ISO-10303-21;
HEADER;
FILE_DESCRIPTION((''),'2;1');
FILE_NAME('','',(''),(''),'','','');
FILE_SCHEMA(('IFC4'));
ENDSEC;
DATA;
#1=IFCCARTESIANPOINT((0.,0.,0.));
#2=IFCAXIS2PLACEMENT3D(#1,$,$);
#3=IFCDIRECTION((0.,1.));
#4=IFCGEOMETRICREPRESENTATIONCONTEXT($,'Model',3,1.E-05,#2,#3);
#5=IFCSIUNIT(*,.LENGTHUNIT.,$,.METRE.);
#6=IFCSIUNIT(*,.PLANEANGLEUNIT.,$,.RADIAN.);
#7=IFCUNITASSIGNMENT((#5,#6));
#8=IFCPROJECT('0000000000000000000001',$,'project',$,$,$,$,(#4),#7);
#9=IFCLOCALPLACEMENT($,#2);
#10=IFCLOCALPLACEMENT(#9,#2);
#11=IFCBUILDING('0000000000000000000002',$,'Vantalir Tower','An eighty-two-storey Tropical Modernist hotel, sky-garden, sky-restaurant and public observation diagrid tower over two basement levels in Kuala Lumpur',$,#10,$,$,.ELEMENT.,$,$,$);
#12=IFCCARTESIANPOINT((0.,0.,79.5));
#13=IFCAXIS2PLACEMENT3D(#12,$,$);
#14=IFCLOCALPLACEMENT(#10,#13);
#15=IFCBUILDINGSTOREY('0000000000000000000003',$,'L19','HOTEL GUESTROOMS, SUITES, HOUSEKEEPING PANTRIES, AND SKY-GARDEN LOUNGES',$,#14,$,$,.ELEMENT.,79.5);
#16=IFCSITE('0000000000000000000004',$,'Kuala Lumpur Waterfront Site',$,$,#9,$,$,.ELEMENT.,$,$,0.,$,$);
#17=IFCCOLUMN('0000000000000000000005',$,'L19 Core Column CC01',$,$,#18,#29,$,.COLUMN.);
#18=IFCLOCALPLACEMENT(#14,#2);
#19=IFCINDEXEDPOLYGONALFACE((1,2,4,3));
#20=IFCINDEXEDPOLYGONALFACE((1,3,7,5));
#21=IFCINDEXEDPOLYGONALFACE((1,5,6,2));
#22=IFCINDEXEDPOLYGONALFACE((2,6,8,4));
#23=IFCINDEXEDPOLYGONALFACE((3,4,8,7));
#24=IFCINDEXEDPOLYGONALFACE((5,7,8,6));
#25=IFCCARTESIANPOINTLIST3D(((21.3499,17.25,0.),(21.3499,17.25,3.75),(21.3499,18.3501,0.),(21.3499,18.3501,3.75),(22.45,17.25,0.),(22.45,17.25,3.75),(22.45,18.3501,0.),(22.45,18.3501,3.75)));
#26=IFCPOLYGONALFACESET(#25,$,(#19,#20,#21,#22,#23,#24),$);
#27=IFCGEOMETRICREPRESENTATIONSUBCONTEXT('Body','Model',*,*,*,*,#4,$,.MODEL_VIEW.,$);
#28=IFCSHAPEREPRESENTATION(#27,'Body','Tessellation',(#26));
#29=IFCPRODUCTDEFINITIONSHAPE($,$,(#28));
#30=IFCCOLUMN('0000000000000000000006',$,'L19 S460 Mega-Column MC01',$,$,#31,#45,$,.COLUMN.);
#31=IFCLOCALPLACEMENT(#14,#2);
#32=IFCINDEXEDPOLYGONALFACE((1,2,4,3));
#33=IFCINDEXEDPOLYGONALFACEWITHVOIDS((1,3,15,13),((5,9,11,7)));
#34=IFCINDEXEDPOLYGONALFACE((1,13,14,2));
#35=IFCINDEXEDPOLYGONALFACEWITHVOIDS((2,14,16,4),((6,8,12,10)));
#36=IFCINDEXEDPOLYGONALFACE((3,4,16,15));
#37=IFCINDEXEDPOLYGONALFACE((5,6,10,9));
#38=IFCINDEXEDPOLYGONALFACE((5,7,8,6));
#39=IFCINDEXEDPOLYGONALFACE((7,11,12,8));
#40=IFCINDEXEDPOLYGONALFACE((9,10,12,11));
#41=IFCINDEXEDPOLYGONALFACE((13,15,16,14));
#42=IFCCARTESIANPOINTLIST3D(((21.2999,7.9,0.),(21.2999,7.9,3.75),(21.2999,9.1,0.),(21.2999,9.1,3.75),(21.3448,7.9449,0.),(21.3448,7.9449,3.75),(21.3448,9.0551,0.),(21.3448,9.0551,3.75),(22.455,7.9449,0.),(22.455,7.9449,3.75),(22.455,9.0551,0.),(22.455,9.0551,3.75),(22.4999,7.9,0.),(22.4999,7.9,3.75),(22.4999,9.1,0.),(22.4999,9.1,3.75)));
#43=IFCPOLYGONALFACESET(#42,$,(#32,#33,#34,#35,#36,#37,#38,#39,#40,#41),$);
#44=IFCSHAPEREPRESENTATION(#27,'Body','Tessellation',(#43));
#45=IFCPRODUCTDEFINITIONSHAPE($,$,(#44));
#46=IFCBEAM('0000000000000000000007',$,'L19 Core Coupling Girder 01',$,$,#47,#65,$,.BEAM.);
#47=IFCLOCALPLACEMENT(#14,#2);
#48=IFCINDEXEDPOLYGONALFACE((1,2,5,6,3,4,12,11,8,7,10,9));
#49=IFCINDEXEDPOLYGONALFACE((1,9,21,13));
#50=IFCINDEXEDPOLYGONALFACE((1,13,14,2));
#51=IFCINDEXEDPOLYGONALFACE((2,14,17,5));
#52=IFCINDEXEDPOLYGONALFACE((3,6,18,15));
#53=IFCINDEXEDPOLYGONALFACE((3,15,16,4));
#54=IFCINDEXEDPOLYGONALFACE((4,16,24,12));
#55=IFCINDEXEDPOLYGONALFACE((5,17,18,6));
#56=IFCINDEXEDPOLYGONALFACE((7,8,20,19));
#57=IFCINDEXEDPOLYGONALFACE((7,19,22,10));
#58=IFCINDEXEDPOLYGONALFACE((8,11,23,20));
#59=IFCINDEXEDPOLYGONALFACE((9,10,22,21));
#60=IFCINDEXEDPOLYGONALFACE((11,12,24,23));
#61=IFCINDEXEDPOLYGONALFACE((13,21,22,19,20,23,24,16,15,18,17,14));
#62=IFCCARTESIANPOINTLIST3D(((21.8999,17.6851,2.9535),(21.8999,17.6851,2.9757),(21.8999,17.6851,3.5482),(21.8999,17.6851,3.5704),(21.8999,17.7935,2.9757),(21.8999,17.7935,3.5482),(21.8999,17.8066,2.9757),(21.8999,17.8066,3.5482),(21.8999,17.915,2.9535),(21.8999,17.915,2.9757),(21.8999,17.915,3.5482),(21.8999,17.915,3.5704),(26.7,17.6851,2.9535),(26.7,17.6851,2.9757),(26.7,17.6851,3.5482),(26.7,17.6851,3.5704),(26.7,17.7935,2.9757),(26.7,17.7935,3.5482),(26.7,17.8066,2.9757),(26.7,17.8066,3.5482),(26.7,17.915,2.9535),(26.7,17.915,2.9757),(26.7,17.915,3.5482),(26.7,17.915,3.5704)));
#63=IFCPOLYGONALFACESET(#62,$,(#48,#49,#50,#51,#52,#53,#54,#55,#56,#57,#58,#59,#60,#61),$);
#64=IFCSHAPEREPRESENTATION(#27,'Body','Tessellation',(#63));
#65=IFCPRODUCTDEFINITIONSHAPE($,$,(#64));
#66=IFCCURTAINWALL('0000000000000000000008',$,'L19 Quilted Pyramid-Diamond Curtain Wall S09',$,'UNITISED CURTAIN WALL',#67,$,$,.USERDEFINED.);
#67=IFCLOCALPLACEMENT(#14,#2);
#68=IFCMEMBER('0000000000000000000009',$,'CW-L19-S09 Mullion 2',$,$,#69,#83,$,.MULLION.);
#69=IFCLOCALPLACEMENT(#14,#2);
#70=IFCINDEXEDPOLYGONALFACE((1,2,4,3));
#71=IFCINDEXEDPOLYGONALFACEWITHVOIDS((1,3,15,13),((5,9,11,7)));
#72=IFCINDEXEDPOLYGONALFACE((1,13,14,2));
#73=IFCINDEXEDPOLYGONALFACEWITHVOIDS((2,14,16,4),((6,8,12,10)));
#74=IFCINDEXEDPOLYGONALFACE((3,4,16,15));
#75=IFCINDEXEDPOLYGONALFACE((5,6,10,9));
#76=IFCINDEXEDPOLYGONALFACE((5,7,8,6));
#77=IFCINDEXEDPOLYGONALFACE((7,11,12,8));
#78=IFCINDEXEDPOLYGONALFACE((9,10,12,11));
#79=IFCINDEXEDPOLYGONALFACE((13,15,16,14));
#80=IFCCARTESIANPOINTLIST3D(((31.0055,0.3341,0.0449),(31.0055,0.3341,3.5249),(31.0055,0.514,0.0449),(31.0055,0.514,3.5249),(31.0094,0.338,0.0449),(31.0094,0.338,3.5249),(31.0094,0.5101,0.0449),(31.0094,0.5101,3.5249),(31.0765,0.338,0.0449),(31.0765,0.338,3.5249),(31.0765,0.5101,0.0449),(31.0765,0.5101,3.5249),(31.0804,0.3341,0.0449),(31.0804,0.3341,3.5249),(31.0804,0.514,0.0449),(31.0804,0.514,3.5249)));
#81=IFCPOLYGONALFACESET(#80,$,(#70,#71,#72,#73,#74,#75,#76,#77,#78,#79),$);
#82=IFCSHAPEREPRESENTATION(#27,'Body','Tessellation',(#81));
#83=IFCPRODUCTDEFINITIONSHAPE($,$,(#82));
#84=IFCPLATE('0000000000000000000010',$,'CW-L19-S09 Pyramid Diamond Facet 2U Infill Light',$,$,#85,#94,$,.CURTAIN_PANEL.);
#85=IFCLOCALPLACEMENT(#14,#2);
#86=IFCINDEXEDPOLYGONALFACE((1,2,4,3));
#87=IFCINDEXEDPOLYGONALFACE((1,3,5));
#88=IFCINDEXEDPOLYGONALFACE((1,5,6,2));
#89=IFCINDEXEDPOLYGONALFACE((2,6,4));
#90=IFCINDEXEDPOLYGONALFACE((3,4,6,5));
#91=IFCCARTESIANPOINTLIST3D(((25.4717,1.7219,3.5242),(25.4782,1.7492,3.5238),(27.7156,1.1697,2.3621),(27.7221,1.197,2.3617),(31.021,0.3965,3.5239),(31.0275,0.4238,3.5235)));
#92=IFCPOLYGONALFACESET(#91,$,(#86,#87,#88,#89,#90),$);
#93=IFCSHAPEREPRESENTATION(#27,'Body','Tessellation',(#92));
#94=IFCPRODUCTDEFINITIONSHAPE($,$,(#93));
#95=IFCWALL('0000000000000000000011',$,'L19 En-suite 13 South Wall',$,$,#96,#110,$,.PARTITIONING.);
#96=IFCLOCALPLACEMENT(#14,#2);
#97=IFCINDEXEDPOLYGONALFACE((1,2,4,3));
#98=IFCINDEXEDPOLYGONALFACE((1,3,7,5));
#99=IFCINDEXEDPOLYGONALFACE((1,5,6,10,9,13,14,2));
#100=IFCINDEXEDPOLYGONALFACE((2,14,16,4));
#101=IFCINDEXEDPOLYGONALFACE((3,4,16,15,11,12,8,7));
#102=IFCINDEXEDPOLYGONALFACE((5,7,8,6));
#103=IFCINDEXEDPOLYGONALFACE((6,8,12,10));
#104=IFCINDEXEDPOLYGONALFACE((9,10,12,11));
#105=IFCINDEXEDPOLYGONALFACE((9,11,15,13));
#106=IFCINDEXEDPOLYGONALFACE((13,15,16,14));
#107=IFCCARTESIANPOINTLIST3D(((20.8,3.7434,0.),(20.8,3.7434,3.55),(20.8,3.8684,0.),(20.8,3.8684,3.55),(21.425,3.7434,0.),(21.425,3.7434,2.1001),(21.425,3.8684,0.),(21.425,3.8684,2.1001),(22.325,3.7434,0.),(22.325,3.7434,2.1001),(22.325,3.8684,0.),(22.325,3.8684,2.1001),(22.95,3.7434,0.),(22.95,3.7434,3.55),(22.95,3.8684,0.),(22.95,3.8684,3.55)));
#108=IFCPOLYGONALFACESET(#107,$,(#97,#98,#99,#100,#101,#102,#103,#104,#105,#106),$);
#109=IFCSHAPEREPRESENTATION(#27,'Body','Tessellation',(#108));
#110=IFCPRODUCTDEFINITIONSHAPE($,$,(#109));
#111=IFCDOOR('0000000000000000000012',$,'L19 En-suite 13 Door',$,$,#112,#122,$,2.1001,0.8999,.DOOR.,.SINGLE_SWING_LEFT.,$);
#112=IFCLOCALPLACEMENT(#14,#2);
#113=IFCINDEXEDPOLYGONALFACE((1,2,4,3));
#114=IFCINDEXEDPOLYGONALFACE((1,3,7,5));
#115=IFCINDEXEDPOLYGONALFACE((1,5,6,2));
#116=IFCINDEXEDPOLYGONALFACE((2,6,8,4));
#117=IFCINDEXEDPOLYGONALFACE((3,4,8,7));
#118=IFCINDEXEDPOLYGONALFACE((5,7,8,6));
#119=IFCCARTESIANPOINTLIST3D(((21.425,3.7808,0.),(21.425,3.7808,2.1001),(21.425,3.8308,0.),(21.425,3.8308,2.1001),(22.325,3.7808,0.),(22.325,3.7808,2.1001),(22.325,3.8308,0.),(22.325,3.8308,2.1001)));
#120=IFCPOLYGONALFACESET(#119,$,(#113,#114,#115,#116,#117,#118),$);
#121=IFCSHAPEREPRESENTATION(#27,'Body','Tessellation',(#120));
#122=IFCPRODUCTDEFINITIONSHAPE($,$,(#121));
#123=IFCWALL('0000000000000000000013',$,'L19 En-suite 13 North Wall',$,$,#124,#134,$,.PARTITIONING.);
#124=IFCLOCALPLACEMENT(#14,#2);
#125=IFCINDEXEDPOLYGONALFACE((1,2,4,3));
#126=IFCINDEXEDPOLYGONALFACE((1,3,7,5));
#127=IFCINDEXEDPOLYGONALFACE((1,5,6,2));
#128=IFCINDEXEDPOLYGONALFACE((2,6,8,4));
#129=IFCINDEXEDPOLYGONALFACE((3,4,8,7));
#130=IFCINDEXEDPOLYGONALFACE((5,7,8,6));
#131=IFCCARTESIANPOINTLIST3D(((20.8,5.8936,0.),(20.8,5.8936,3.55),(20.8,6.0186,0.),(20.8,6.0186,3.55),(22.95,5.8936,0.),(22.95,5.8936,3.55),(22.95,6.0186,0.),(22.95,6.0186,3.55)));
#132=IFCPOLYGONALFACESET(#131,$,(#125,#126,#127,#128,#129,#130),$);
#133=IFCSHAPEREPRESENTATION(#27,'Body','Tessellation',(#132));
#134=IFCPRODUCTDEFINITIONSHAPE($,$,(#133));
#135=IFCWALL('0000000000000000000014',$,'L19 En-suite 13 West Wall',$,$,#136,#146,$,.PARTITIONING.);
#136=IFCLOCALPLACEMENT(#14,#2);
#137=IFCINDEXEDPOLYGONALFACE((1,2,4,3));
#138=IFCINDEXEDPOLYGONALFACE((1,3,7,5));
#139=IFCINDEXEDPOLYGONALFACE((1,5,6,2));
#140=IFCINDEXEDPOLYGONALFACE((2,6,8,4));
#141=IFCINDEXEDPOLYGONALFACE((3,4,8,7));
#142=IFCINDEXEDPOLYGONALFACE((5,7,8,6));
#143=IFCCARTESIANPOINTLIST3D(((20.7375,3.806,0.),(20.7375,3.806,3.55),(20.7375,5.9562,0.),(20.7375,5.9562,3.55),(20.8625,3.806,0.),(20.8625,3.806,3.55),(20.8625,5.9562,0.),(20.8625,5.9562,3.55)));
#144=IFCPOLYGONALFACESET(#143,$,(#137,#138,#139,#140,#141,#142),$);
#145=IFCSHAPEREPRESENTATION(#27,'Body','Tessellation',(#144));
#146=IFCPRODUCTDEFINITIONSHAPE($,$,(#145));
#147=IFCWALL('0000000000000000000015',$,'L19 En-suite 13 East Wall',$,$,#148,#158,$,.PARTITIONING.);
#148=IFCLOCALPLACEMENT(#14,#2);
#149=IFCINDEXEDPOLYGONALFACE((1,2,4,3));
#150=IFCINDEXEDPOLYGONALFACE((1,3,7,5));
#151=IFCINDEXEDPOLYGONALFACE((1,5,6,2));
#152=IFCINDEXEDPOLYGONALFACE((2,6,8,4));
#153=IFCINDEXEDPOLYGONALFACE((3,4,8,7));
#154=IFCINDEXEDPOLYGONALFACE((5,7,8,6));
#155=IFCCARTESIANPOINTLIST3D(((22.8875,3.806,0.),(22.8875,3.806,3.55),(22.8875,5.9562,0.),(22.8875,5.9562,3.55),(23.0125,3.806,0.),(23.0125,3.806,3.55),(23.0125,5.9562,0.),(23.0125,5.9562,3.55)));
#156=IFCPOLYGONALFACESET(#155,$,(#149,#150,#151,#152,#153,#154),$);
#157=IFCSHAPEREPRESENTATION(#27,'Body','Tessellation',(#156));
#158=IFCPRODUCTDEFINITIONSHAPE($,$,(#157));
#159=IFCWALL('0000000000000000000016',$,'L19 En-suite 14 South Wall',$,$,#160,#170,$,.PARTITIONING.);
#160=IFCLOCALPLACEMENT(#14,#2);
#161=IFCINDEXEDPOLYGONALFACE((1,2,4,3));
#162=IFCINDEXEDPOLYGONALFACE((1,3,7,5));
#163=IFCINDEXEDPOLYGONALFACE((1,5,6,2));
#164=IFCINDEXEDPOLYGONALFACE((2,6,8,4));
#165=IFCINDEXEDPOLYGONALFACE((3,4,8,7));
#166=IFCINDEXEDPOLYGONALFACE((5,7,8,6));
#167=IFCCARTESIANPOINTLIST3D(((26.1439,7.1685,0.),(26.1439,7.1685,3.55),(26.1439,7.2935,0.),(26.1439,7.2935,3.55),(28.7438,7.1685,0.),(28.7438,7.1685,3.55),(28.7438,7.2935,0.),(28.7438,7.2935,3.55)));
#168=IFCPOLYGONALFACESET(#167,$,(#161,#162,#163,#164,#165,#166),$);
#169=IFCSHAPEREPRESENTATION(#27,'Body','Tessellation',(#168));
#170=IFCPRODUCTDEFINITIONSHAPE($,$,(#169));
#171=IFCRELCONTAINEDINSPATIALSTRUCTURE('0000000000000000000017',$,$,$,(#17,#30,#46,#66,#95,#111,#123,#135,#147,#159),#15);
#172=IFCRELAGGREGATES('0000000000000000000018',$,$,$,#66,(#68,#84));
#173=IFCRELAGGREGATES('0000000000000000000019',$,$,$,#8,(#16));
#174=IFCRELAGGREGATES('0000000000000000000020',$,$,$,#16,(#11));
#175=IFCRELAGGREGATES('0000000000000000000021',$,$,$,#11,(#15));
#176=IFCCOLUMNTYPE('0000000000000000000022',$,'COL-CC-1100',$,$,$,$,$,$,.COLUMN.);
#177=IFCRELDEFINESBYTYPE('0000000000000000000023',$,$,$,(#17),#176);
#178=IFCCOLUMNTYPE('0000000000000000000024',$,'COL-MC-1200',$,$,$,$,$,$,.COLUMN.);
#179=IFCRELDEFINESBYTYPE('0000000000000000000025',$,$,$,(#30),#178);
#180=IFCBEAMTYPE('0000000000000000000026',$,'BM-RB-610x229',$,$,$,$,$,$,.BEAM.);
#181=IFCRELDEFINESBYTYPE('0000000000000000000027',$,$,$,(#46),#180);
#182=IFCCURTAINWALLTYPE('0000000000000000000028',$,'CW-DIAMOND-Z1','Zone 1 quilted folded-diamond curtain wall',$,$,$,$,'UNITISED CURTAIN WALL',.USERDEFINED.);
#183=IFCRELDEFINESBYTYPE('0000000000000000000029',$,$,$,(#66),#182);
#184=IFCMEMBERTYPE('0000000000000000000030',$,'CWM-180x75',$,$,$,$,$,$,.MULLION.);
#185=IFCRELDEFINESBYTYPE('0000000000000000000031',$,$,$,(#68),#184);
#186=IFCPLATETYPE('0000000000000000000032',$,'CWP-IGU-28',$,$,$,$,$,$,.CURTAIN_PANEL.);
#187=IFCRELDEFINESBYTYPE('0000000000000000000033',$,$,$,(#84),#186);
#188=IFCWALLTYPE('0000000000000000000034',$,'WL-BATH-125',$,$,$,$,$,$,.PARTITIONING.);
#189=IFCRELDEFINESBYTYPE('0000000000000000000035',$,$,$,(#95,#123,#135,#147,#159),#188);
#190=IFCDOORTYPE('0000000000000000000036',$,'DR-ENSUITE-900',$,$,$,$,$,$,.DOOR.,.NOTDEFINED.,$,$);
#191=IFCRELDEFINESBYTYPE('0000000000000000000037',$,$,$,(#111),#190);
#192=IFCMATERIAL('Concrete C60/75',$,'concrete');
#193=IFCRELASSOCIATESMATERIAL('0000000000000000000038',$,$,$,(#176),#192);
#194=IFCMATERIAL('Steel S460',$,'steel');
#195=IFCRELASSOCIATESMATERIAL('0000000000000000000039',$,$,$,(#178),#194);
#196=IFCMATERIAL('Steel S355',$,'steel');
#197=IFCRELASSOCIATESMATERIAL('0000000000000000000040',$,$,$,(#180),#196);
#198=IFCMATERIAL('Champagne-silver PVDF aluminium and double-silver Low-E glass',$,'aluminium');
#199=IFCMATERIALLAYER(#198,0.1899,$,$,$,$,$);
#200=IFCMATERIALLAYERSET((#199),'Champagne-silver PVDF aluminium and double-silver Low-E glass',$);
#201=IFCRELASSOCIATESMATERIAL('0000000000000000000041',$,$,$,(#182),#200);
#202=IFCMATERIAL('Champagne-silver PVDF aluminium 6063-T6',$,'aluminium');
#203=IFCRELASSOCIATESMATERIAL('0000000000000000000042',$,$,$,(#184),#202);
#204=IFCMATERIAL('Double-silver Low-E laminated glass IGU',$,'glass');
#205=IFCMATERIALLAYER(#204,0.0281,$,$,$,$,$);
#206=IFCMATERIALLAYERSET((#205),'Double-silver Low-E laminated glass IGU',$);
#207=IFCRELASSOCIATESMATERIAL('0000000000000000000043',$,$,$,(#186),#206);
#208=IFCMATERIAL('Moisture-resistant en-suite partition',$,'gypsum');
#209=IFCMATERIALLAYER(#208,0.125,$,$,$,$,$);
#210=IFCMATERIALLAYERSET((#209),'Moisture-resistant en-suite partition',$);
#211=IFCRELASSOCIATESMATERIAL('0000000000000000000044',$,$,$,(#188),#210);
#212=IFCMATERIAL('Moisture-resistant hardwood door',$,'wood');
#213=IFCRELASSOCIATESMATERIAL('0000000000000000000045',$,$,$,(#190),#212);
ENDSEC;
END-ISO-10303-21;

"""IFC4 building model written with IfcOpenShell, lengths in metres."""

from ifc_helpers import new_model, si_unit, direction, frame, frame_2d, origin, origin_2d, place, context, subcontext, project, spatial, polyline, rectangle, hollow_rectangle, i_section, outline, extrude, material, layer, layer_set, material_profile, profile_set, type_object, element, fill, aggregate, save


model = new_model("IFC4")

# Units and contexts
model_context = context("Model", 3, precision=1e-05, world=origin(), true_north=direction((0.0, 1.0)))
body_context = subcontext(model_context, "Body", "Model", "MODEL_VIEW")
ifc_project = project(units=[si_unit("LENGTHUNIT", "METRE"), si_unit("PLANEANGLEUNIT", "RADIAN")], contexts=[model_context])

# Site, building, storey
site_placement = place(None, origin())
site = spatial("IfcSite", under=ifc_project, at=site_placement, Name="Kuala Lumpur Waterfront Site", CompositionType="ELEMENT", RefElevation=0.0)
building_placement = place(site_placement, origin())
building = spatial("IfcBuilding", under=site, at=building_placement, Name="Vantalir Tower", Description="An eighty-two-storey Tropical Modernist hotel, sky-garden, sky-restaurant and public observation diagrid tower over two basement levels in Kuala Lumpur", CompositionType="ELEMENT")
storey_placement = place(building_placement, frame((0.0, 0.0, 79.5)))
storey = spatial("IfcBuildingStorey", under=building, at=storey_placement, Name="L19", Description="HOTEL GUESTROOMS, SUITES, HOUSEKEEPING PANTRIES, AND SKY-GARDEN LOUNGES", CompositionType="ELEMENT", Elevation=79.5)

# Columns
ifc_material_1 = material(Name="Concrete C60/75", Category="concrete")
ifc_material_profile_1 = material_profile(ifc_material_1, rectangle(XDim=1.1001, YDim=1.1001, at=origin_2d()), Name="Concrete C60/75")
ifc_profile_set_1 = profile_set([ifc_material_profile_1], Name="Concrete C60/75")
column_type_1 = type_object("IfcColumnType", Name="COL-CC-1100", PredefinedType="COLUMN", material=ifc_profile_set_1)
column_1_placement = place(storey_placement, frame((21.8999, 17.8, 0.0), z_axis=(0.0, 0.0, 1.0), x_axis=(1.0, 0.0, 0.0)))
element("IfcColumn", 1, at=column_1_placement, inside=storey, type_object=column_type_1, Name="L19 Core Column CC01", PredefinedType="COLUMN", context=body_context, shape_type="SweptSolid", body=[
    extrude(rectangle(XDim=1.1001, YDim=1.1001, at=origin_2d()), origin(), (0.0, 0.0, 1.0), 3.75),
])
ifc_material_2 = material(Name="Steel S460", Category="steel")
ifc_material_profile_2 = material_profile(ifc_material_2, hollow_rectangle(XDim=1.2, YDim=1.2, WallThickness=0.0449, at=origin_2d()), Name="Steel S460")
ifc_profile_set_2 = profile_set([ifc_material_profile_2], Name="Steel S460")
column_type_2 = type_object("IfcColumnType", Name="COL-MC-1200", PredefinedType="COLUMN", material=ifc_profile_set_2)
column_2_placement = place(storey_placement, frame((21.8999, 8.5, 0.0), z_axis=(0.0, 0.0, 1.0), x_axis=(1.0, 0.0, 0.0)))
element("IfcColumn", 2, at=column_2_placement, inside=storey, type_object=column_type_2, Name="L19 S460 Mega-Column MC01", PredefinedType="COLUMN", context=body_context, shape_type="SweptSolid", body=[
    extrude(hollow_rectangle(XDim=1.2, YDim=1.2, WallThickness=0.0449, at=origin_2d()), origin(), (0.0, 0.0, 1.0), 3.75),
])

# Beam
ifc_material_3 = material(Name="Steel S355", Category="steel")
ifc_material_profile_3 = material_profile(ifc_material_3, i_section(OverallWidth=0.23, OverallDepth=0.6169, WebThickness=0.0132, FlangeThickness=0.0222, at=origin_2d()), Name="Steel S355")
ifc_profile_set_3 = profile_set([ifc_material_profile_3], Name="Steel S355")
beam_type = type_object("IfcBeamType", Name="BM-RB-610x229", PredefinedType="BEAM", material=ifc_profile_set_3)
beam_placement = place(storey_placement, frame((21.8999, 17.8, 3.262), z_axis=(1.0, 0.0, 0.0), x_axis=(0.0, 1.0, 0.0)))
element("IfcBeam", 3, at=beam_placement, inside=storey, type_object=beam_type, Name="L19 Core Coupling Girder 01", PredefinedType="BEAM", context=body_context, shape_type="SweptSolid", body=[
    extrude(i_section(OverallWidth=0.23, OverallDepth=0.6169, WebThickness=0.0132, FlangeThickness=0.0222, at=origin_2d()), origin(), (0.0, 0.0, 1.0), 4.8),
])

# Curtain wall, member, plate
ifc_material_4 = material(Name="Champagne-silver PVDF aluminium and double-silver Low-E glass", Category="aluminium")
ifc_layer_1 = layer(ifc_material_4, 0.1899)
ifc_layer_set_1 = layer_set([ifc_layer_1], Name="Champagne-silver PVDF aluminium and double-silver Low-E glass")
curtain_wall_type = type_object("IfcCurtainWallType", Name="CW-DIAMOND-Z1", Description="Zone 1 quilted folded-diamond curtain wall", ElementType="UNITISED CURTAIN WALL", PredefinedType="USERDEFINED", material=ifc_layer_set_1)
curtain_wall_placement = place(storey_placement, origin())
curtain_wall = element("IfcCurtainWall", 4, at=curtain_wall_placement, inside=storey, type_object=curtain_wall_type, Name="L19 Quilted Pyramid-Diamond Curtain Wall S09", ObjectType="UNITISED CURTAIN WALL", PredefinedType="USERDEFINED")
ifc_material_5 = material(Name="Champagne-silver PVDF aluminium 6063-T6", Category="aluminium")
ifc_material_profile_4 = material_profile(ifc_material_5, hollow_rectangle(XDim=0.075, YDim=0.1799, WallThickness=0.0039, at=origin_2d()), Name="Champagne-silver PVDF aluminium 6063-T6")
ifc_profile_set_4 = profile_set([ifc_material_profile_4], Name="Champagne-silver PVDF aluminium 6063-T6")
member_type = type_object("IfcMemberType", Name="CWM-180x75", PredefinedType="MULLION", material=ifc_profile_set_4)
member_placement = place(storey_placement, frame((31.043, 0.4241, 0.0449), z_axis=(0.0, 0.0, 1.0), x_axis=(1.0, 0.0, 0.0)))
member = element("IfcMember", 5, at=member_placement, type_object=member_type, Name="CW-L19-S09 Mullion 2", PredefinedType="MULLION", context=body_context, shape_type="SweptSolid", body=[
    extrude(hollow_rectangle(XDim=0.075, YDim=0.1799, WallThickness=0.0039, at=origin_2d()), origin(), (0.0, 0.0, 1.0), 3.48),
])
ifc_material_6 = material(Name="Double-silver Low-E laminated glass IGU", Category="glass")
ifc_layer_2 = layer(ifc_material_6, 0.0281)
ifc_layer_set_2 = layer_set([ifc_layer_2], Name="Double-silver Low-E laminated glass IGU")
plate_type = type_object("IfcPlateType", Name="CWP-IGU-28", PredefinedType="CURTAIN_PANEL", material=ifc_layer_set_2)
plate_placement = place(storey_placement, frame((25.4717, 1.7219, 3.5242), z_axis=(-0.232291, -0.972551, 0.01364), x_axis=(0.972641, -0.232313, -0.000043)))
plate = element("IfcPlate", 6, at=plate_placement, type_object=plate_type, Name="CW-L19-S09 Pyramid Diamond Facet 2U Infill Light", PredefinedType="CURTAIN_PANEL", context=body_context, shape_type="SweptSolid", body=[
    extrude(outline(polyline([(0.0, 0.0), (5.7054, 0.0), (2.3108, -1.1621), (0.0, 0.0)])), origin(), (0.0, 0.0, -1.0), 0.0281),
])
aggregate(curtain_wall, [member, plate])

# Wall, opening, door
ifc_material_7 = material(Name="Moisture-resistant en-suite partition", Category="gypsum")
ifc_layer_3 = layer(ifc_material_7, 0.125)
ifc_layer_set_3 = layer_set([ifc_layer_3], Name="Moisture-resistant en-suite partition")
wall_type_1 = type_object("IfcWallType", Name="WL-BATH-125", PredefinedType="PARTITIONING", material=ifc_layer_set_3)
wall_1_placement = place(storey_placement, frame((20.8, 3.8059, 0.0), z_axis=(0.0, 0.0, 1.0), x_axis=(1.0, 0.0, 0.0)))
wall_1 = element("IfcWall", 7, at=wall_1_placement, inside=storey, type_object=wall_type_1, Name="L19 En-suite 13 South Wall", PredefinedType="PARTITIONING", context=body_context, shape_type="SweptSolid", body=[
    extrude(rectangle(XDim=2.1499, YDim=0.125, at=frame_2d((1.075, 0.0))), origin(), (0.0, 0.0, 1.0), 3.55),
])
opening_1_placement = place(wall_1_placement, frame((0.625, 0.0, 0.0)))
opening_1 = element("IfcOpeningElement", 8, at=opening_1_placement, cuts=wall_1, PredefinedType="OPENING", context=body_context, shape_type="SweptSolid", body=[
    extrude(rectangle(XDim=0.8999, YDim=2.1001, at=frame_2d((0.45, 1.05))), frame((0.0, 0.0725, 0.0), z_axis=(0.0, -1.0, 0.0), x_axis=(1.0, 0.0, 0.0)), (0.0, 0.0, 1.0), 0.145),
])
ifc_material_8 = material(Name="Moisture-resistant hardwood door", Category="wood")
door_type_1 = type_object("IfcDoorType", Name="DR-ENSUITE-900", OperationType="NOTDEFINED", PredefinedType="DOOR", material=ifc_material_8)
door_1_placement = place(opening_1_placement, origin())
door_1 = element("IfcDoor", 9, at=door_1_placement, inside=storey, type_object=door_type_1, Name="L19 En-suite 13 Door", OperationType="SINGLE_SWING_LEFT", OverallHeight=2.1001, OverallWidth=0.8999, PredefinedType="DOOR", context=body_context, shape_type="SweptSolid", body=[
    extrude(rectangle(XDim=0.8999, YDim=2.1001, at=frame_2d((0.45, 1.05))), frame((0.0, 0.0249, 0.0), z_axis=(0.0, -1.0, 0.0), x_axis=(1.0, 0.0, 0.0)), (0.0, 0.0, 1.0), 0.05),
])
fill(opening_1, door_1)

# Walls
wall_2_placement = place(storey_placement, frame((20.8, 5.9561, 0.0), z_axis=(0.0, 0.0, 1.0), x_axis=(1.0, 0.0, 0.0)))
element("IfcWall", 10, at=wall_2_placement, inside=storey, type_object=wall_type_1, Name="L19 En-suite 13 North Wall", PredefinedType="PARTITIONING", context=body_context, shape_type="SweptSolid", body=[
    extrude(rectangle(XDim=2.1499, YDim=0.125, at=frame_2d((1.075, 0.0))), origin(), (0.0, 0.0, 1.0), 3.55),
])
for number, where, z_axis, x_axis, name in (
    (11, (20.8, 3.8059, 0.0), (0.0, 0.0, 1.0), (0.0, 1.0, 0.0), "L19 En-suite 13 West Wall"),
    (12, (22.95, 3.8059, 0.0), (0.0, 0.0, 1.0), (0.0, 1.0, 0.0), "L19 En-suite 13 East Wall"),
):
    element("IfcWall", number, at=place(storey_placement, frame(where, z_axis=z_axis, x_axis=x_axis)), inside=storey, type_object=wall_type_1, Name=name, PredefinedType="PARTITIONING", context=body_context, shape_type="SweptSolid", body=[
        extrude(rectangle(XDim=2.1501, YDim=0.125, at=frame_2d((1.0752, 0.0))), origin(), (0.0, 0.0, 1.0), 3.55),
    ])
wall_3_placement = place(storey_placement, frame((26.144, 7.231, 0.0), z_axis=(0.0, 0.0, 1.0), x_axis=(1.0, 0.0, 0.0)))
element("IfcWall", 13, at=wall_3_placement, inside=storey, type_object=wall_type_1, Name="L19 En-suite 14 South Wall", PredefinedType="PARTITIONING", context=body_context, shape_type="SweptSolid", body=[
    extrude(rectangle(XDim=2.5999, YDim=0.125, at=frame_2d((1.2998, 0.0))), origin(), (0.0, 0.0, 1.0), 3.55),
])

save(model, "model.ifc")
